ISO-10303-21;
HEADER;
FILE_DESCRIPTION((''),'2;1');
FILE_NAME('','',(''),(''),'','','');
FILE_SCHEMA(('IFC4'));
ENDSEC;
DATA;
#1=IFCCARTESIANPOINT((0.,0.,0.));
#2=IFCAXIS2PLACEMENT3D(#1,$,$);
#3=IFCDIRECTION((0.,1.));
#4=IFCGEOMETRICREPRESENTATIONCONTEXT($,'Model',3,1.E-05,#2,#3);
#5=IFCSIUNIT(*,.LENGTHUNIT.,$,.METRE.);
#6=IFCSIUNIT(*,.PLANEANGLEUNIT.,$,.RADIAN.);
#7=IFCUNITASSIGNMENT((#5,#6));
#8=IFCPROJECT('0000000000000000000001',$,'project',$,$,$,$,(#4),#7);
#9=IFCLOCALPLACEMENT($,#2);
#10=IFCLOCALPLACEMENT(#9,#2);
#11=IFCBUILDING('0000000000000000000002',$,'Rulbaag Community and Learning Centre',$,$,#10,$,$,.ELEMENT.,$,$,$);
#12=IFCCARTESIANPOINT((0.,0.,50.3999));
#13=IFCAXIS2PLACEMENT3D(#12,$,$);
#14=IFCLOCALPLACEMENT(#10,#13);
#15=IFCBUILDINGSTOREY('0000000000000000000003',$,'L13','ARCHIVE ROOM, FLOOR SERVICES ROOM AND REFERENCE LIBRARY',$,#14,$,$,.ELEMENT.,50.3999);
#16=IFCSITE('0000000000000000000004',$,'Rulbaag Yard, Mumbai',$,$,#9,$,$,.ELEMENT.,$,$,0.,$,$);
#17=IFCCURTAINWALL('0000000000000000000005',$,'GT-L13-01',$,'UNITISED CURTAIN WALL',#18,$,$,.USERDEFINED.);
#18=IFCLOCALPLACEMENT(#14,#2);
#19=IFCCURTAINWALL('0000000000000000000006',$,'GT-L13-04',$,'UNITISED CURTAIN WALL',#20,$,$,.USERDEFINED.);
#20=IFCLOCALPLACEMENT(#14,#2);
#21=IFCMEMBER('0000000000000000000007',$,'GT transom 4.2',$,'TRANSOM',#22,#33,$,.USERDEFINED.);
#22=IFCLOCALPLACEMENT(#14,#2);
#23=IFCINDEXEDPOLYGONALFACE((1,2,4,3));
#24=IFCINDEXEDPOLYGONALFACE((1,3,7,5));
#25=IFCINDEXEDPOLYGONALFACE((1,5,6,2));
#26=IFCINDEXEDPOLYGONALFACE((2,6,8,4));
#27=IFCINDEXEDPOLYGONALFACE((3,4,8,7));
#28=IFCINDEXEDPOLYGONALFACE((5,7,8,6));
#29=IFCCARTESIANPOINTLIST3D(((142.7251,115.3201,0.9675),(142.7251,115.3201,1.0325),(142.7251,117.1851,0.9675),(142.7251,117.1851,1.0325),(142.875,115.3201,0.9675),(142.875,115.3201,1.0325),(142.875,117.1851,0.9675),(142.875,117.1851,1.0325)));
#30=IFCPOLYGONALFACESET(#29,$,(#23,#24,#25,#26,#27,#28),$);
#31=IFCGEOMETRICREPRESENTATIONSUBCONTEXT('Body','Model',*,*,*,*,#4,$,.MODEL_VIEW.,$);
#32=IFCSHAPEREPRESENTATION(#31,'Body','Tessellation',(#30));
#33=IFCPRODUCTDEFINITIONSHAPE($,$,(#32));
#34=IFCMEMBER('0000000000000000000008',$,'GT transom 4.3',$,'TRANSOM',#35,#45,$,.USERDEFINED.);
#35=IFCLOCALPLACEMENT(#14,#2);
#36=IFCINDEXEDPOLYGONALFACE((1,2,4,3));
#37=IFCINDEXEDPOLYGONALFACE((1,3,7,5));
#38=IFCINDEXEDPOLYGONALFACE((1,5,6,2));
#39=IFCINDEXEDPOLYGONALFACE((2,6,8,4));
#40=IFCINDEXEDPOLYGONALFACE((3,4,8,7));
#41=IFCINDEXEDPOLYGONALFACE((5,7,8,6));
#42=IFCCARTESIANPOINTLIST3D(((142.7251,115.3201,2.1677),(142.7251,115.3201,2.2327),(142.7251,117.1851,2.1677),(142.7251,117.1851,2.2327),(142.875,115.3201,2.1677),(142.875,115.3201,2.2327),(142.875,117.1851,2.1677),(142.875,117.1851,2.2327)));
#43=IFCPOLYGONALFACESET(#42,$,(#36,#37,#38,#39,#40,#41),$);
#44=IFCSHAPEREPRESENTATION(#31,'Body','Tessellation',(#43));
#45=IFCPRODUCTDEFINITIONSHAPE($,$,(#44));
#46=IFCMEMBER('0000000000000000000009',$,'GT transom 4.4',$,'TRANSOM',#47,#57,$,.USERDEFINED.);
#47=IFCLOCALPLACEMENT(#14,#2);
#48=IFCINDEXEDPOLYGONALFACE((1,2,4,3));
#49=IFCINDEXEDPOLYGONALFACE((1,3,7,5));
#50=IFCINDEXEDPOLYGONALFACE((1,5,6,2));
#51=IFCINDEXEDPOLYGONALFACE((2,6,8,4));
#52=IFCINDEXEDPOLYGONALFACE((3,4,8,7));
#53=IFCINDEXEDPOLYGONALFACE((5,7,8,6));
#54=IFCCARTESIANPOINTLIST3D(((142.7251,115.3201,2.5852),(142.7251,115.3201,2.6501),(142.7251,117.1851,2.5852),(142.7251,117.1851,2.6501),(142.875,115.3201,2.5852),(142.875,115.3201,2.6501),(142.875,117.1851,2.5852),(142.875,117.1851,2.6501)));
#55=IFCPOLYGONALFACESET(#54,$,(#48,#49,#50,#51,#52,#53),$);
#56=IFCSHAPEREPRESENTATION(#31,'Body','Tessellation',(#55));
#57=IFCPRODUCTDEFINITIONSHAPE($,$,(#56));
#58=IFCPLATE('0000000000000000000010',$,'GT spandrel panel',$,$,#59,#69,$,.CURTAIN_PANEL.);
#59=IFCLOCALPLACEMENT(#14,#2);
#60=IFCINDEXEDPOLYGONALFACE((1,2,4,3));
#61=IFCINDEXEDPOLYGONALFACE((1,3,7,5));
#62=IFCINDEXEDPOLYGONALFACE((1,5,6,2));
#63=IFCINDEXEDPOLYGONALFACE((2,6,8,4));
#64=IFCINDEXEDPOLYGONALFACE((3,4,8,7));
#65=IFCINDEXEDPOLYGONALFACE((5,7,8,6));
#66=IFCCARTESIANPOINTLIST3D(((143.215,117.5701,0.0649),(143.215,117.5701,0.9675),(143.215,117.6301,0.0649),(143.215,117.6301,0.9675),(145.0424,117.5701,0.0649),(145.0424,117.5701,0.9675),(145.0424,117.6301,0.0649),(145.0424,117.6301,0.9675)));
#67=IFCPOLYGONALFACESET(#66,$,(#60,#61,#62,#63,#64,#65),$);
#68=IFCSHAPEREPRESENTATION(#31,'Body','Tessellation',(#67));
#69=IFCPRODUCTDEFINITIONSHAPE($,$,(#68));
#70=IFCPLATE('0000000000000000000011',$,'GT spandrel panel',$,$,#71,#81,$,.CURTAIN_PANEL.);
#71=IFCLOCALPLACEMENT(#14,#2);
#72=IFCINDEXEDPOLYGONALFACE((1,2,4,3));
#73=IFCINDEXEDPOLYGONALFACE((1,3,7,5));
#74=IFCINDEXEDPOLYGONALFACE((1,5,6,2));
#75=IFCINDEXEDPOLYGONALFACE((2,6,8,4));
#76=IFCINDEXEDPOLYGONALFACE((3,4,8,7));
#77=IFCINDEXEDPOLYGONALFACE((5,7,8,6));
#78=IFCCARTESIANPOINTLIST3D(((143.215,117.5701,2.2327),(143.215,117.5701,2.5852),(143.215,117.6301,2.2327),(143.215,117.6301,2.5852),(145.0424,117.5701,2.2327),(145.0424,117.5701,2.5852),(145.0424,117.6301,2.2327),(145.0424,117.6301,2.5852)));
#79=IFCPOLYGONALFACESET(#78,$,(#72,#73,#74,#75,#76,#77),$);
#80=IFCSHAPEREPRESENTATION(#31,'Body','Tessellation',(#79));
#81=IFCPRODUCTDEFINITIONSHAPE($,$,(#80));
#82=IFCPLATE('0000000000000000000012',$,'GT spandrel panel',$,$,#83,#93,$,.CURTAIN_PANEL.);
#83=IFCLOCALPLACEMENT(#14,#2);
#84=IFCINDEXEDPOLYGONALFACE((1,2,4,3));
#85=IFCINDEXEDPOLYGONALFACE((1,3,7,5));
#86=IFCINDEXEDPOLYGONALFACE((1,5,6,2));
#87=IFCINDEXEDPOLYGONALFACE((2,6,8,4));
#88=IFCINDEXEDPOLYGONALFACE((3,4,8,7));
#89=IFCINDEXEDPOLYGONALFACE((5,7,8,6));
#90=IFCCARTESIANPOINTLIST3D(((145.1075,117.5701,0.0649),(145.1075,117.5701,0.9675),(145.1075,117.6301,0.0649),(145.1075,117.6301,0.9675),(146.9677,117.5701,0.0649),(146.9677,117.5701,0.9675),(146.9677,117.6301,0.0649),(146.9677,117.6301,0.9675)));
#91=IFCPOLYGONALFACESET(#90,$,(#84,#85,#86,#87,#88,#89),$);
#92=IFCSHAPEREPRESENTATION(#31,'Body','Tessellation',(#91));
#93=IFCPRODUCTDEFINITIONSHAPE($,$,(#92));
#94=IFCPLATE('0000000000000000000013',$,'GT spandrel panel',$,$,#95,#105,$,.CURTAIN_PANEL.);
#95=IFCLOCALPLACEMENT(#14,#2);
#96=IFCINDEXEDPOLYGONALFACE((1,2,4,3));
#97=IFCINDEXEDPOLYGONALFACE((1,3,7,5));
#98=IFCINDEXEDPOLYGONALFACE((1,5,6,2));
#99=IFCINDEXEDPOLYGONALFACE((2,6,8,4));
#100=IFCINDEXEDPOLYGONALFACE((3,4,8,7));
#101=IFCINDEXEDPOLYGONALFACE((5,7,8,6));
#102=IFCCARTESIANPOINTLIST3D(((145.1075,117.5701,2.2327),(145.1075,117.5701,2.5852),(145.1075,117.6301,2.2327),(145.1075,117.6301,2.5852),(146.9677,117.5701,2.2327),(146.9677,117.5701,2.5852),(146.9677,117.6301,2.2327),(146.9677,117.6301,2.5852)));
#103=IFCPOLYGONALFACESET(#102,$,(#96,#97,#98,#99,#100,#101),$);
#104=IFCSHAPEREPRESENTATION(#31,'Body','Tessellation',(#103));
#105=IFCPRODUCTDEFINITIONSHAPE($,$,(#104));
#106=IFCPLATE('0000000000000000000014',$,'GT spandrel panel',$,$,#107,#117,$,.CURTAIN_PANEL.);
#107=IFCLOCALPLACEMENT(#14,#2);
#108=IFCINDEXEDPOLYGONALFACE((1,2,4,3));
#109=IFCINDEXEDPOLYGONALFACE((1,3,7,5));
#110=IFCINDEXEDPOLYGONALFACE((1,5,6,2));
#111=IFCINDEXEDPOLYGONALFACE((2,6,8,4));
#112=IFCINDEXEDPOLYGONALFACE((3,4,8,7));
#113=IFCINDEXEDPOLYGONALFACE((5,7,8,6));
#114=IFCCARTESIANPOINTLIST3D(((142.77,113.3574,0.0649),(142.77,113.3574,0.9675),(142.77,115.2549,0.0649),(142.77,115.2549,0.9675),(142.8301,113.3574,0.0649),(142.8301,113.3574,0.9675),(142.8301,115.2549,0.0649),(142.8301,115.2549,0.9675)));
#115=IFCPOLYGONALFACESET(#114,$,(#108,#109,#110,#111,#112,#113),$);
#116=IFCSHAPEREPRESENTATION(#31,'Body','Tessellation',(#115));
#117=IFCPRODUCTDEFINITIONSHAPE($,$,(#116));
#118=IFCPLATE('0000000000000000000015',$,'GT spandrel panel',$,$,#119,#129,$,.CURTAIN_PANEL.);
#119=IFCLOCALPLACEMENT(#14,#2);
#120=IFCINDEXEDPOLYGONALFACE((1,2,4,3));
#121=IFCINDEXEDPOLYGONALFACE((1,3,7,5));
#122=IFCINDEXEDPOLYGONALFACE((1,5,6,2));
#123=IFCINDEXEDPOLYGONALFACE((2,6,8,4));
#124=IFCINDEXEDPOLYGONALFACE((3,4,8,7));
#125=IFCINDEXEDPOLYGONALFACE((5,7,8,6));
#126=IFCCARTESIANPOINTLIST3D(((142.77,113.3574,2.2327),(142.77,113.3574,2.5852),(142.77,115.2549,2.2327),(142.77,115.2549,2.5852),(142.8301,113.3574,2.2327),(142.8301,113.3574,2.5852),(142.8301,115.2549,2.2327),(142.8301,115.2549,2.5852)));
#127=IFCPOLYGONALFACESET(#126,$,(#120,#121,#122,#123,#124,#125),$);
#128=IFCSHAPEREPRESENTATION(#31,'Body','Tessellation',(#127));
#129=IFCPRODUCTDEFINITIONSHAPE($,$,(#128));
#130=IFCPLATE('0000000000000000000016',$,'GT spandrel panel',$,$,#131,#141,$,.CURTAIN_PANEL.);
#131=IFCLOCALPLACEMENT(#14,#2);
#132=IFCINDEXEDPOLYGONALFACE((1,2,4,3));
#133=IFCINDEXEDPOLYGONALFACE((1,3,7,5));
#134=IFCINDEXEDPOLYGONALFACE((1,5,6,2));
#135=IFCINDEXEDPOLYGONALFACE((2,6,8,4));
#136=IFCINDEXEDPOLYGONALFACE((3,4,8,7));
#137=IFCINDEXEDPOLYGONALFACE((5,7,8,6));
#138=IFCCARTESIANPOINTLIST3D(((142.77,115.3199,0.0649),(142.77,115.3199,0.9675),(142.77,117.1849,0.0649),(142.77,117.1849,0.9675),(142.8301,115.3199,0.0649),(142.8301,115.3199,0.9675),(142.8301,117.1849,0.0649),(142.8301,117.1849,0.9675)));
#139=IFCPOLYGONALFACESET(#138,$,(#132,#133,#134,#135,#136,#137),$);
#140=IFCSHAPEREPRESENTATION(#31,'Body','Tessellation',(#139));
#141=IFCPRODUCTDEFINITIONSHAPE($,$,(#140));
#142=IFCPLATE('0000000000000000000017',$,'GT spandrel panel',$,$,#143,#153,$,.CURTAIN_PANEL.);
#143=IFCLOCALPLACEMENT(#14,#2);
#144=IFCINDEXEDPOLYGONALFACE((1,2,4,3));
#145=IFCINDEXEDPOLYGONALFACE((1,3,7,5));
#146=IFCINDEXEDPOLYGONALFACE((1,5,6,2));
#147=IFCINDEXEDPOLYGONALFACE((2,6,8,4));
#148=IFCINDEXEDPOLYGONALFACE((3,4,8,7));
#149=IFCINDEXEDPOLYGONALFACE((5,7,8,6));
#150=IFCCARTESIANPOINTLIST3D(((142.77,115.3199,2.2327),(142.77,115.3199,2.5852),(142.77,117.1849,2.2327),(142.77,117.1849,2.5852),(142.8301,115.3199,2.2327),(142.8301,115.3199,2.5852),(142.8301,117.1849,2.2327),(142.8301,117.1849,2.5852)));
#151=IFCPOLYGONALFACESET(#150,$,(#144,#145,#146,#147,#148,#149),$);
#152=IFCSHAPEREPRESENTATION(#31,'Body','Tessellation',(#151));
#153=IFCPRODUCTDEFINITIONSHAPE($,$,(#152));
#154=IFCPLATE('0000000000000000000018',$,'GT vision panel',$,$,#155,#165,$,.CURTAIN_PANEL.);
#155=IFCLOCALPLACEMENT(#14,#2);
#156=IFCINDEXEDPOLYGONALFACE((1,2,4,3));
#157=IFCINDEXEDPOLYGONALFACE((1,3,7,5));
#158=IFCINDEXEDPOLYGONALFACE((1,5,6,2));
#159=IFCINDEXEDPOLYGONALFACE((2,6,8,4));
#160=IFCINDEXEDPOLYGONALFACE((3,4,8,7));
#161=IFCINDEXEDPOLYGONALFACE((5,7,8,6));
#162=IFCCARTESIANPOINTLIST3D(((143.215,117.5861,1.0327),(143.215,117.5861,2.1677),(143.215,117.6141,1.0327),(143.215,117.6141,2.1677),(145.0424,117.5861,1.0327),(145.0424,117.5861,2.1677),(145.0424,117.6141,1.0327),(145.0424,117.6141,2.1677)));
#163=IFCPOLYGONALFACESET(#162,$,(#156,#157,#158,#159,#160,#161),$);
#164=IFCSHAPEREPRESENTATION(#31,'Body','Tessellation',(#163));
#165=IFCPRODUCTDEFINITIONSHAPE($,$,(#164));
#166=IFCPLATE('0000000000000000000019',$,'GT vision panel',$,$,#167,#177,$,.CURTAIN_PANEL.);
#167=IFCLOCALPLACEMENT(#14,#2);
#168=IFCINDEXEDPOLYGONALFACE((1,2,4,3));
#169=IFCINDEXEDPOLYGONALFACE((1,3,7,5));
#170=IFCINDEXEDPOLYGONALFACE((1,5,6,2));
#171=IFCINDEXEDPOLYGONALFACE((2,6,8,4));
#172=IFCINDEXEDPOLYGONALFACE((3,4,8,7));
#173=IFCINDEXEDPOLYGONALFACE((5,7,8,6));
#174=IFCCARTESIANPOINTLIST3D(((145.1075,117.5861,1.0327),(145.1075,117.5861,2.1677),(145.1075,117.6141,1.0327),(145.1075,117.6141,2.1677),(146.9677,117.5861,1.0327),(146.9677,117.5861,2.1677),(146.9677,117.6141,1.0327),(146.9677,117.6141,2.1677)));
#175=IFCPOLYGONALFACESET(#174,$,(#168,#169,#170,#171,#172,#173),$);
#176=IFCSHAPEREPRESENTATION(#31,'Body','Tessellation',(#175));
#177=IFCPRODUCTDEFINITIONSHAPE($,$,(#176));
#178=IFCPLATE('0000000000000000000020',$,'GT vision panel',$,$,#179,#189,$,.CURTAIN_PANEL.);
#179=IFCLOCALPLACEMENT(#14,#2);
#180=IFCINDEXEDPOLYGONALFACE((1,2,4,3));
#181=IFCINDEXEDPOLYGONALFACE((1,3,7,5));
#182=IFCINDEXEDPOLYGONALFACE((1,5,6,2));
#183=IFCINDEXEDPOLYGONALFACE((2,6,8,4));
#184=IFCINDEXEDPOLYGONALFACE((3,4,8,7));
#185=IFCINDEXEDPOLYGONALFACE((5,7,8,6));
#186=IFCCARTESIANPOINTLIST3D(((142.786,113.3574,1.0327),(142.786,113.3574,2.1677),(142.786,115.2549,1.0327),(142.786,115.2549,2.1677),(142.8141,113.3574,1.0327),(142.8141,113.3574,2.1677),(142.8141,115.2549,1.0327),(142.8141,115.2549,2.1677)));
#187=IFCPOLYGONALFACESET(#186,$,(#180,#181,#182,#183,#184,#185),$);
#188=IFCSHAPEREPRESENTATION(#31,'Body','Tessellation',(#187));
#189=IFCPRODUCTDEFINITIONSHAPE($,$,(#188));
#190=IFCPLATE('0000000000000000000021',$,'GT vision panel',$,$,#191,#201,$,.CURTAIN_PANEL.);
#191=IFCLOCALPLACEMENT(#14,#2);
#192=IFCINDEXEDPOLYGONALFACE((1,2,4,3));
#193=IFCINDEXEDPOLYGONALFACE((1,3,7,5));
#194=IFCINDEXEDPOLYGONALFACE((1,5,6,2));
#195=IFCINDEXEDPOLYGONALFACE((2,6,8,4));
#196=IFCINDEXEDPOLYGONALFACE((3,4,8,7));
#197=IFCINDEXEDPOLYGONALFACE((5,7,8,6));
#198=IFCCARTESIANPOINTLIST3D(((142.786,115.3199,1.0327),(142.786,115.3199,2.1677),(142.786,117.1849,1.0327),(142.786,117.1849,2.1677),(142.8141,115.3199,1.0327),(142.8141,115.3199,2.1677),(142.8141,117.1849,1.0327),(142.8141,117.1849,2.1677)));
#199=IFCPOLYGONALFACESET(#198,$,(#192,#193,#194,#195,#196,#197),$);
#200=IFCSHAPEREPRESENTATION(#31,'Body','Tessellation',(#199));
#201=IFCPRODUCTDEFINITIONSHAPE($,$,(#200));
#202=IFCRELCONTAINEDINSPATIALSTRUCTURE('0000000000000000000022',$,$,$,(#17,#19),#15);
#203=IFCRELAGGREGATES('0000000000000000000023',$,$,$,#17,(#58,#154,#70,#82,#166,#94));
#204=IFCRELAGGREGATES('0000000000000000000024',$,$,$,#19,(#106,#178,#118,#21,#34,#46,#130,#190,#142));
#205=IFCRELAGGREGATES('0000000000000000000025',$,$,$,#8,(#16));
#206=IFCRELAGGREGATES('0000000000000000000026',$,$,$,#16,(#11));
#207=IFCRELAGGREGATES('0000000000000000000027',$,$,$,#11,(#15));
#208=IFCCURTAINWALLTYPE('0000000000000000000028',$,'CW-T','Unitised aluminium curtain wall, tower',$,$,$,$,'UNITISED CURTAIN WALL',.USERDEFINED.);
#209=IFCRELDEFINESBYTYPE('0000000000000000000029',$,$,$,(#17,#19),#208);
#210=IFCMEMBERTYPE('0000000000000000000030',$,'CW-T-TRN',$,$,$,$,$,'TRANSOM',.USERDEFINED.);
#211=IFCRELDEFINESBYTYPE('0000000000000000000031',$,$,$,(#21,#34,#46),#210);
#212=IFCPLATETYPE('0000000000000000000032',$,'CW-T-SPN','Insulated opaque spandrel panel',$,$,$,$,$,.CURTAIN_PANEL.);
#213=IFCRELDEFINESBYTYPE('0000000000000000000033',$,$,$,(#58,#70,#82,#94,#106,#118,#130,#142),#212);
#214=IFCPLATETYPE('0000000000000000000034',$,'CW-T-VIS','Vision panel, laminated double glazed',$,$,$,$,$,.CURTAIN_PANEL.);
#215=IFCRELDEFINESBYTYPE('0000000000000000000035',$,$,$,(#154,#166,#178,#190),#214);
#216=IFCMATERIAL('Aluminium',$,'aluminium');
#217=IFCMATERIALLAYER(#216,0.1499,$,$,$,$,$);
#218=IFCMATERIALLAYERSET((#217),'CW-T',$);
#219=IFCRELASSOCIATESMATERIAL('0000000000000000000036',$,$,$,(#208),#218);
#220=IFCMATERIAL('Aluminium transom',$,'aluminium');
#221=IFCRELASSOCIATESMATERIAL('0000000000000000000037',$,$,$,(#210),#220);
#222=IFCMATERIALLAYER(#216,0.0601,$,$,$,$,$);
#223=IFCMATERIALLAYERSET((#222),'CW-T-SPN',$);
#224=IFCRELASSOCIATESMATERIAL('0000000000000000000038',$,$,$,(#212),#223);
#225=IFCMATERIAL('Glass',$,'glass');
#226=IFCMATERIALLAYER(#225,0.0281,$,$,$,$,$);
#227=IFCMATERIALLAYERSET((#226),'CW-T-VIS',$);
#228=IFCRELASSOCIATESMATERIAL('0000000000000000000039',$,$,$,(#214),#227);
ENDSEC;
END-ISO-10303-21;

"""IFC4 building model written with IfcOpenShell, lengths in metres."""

from ifc_helpers import new_model, si_unit, direction, frame, origin, origin_2d, place, context, subcontext, project, spatial, rectangle, extrude, material, layer, layer_set, material_profile, profile_set, type_object, element, aggregate, save


model = new_model("IFC4")

# Units and contexts
model_context = context("Model", 3, precision=1e-05, world=origin(), true_north=direction((0.0, 1.0)))
body_context = subcontext(model_context, "Body", "Model", "MODEL_VIEW")
ifc_project = project(units=[si_unit("LENGTHUNIT", "METRE"), si_unit("PLANEANGLEUNIT", "RADIAN")], contexts=[model_context])

# Site, building, storey
site_placement = place(None, origin())
site = spatial("IfcSite", under=ifc_project, at=site_placement, Name="Rulbaag Yard, Mumbai", CompositionType="ELEMENT", RefElevation=0.0)
building_placement = place(site_placement, origin())
building = spatial("IfcBuilding", under=site, at=building_placement, Name="Rulbaag Community and Learning Centre", CompositionType="ELEMENT")
storey_placement = place(building_placement, frame((0.0, 0.0, 50.3999)))
storey = spatial("IfcBuildingStorey", under=building, at=storey_placement, Name="L13", Description="ARCHIVE ROOM, FLOOR SERVICES ROOM AND REFERENCE LIBRARY", CompositionType="ELEMENT", Elevation=50.3999)

# Curtain walls, members
ifc_material_1 = material(Name="Aluminium", Category="aluminium")
ifc_layer_1 = layer(ifc_material_1, 0.1499)
ifc_layer_set_1 = layer_set([ifc_layer_1], Name="CW-T")
curtain_wall_type = type_object("IfcCurtainWallType", Name="CW-T", Description="Unitised aluminium curtain wall, tower", ElementType="UNITISED CURTAIN WALL", PredefinedType="USERDEFINED", material=ifc_layer_set_1)
curtain_wall_1_placement = place(storey_placement, origin())
curtain_wall_1 = element("IfcCurtainWall", 1, at=curtain_wall_1_placement, inside=storey, type_object=curtain_wall_type, Name="GT-L13-01", ObjectType="UNITISED CURTAIN WALL", PredefinedType="USERDEFINED")
ifc_material_2 = material(Name="Aluminium transom", Category="aluminium")
ifc_material_profile_1 = material_profile(ifc_material_2, rectangle(XDim=0.1499, YDim=0.0649, at=origin_2d()), Name="AL 65x150 T")
ifc_profile_set_1 = profile_set([ifc_material_profile_1], Name="Aluminium transom")
member_type_1 = type_object("IfcMemberType", Name="CW-T-TRN", ElementType="TRANSOM", PredefinedType="USERDEFINED", material=ifc_profile_set_1)
curtain_wall_2_placement = place(storey_placement, origin())
curtain_wall_2 = element("IfcCurtainWall", 2, at=curtain_wall_2_placement, inside=storey, type_object=curtain_wall_type, Name="GT-L13-04", ObjectType="UNITISED CURTAIN WALL", PredefinedType="USERDEFINED")
member_1_placement = place(storey_placement, frame((142.8, 115.3201, 1.0), z_axis=(0.0, 1.0, 0.0), x_axis=(-1.0, 0.0, 0.0)))
member_1 = element("IfcMember", 3, at=member_1_placement, type_object=member_type_1, Name="GT transom 4.2", ObjectType="TRANSOM", PredefinedType="USERDEFINED", context=body_context, shape_type="SweptSolid", body=[
    extrude(rectangle(XDim=0.1499, YDim=0.0649, at=origin_2d()), origin(), (0.0, 0.0, 1.0), 1.865),
])
member_2_placement = place(storey_placement, frame((142.8, 115.3201, 2.2002), z_axis=(0.0, 1.0, 0.0), x_axis=(-1.0, 0.0, 0.0)))
member_2 = element("IfcMember", 4, at=member_2_placement, type_object=member_type_1, Name="GT transom 4.3", ObjectType="TRANSOM", PredefinedType="USERDEFINED", context=body_context, shape_type="SweptSolid", body=[
    extrude(rectangle(XDim=0.1499, YDim=0.0649, at=origin_2d()), origin(), (0.0, 0.0, 1.0), 1.865),
])
member_3_placement = place(storey_placement, frame((142.8, 115.3201, 2.6177), z_axis=(0.0, 1.0, 0.0), x_axis=(-1.0, 0.0, 0.0)))
member_3 = element("IfcMember", 5, at=member_3_placement, type_object=member_type_1, Name="GT transom 4.4", ObjectType="TRANSOM", PredefinedType="USERDEFINED", context=body_context, shape_type="SweptSolid", body=[
    extrude(rectangle(XDim=0.1499, YDim=0.0649, at=origin_2d()), origin(), (0.0, 0.0, 1.0), 1.865),
])

# Plates
ifc_layer_2 = layer(ifc_material_1, 0.0601)
ifc_layer_set_2 = layer_set([ifc_layer_2], Name="CW-T-SPN")
plate_type_1 = type_object("IfcPlateType", Name="CW-T-SPN", Description="Insulated opaque spandrel panel", PredefinedType="CURTAIN_PANEL", material=ifc_layer_set_2)
plate_1_placement = place(storey_placement, frame((144.1287, 117.6001, 0.0649), z_axis=(0.0, 0.0, 1.0), x_axis=(1.0, 0.0, 0.0)))
plate_1 = element("IfcPlate", 6, at=plate_1_placement, type_object=plate_type_1, Name="GT spandrel panel", PredefinedType="CURTAIN_PANEL", context=body_context, shape_type="SweptSolid", body=[
    extrude(rectangle(XDim=1.8274, YDim=0.0601, at=origin_2d()), origin(), (0.0, 0.0, 1.0), 0.9026),
])
plate_2_placement = place(storey_placement, frame((144.1287, 117.6001, 2.2327), z_axis=(0.0, 0.0, 1.0), x_axis=(1.0, 0.0, 0.0)))
plate_2 = element("IfcPlate", 7, at=plate_2_placement, type_object=plate_type_1, Name="GT spandrel panel", PredefinedType="CURTAIN_PANEL", context=body_context, shape_type="SweptSolid", body=[
    extrude(rectangle(XDim=1.8274, YDim=0.0601, at=origin_2d()), origin(), (0.0, 0.0, 1.0), 0.3525),
])
plate_3_placement = place(storey_placement, frame((146.0376, 117.6001, 0.0649), z_axis=(0.0, 0.0, 1.0), x_axis=(1.0, 0.0, 0.0)))
plate_3 = element("IfcPlate", 8, at=plate_3_placement, type_object=plate_type_1, Name="GT spandrel panel", PredefinedType="CURTAIN_PANEL", context=body_context, shape_type="SweptSolid", body=[
    extrude(rectangle(XDim=1.8601, YDim=0.0601, at=origin_2d()), origin(), (0.0, 0.0, 1.0), 0.9026),
])
plate_4_placement = place(storey_placement, frame((146.0376, 117.6001, 2.2327), z_axis=(0.0, 0.0, 1.0), x_axis=(1.0, 0.0, 0.0)))
plate_4 = element("IfcPlate", 9, at=plate_4_placement, type_object=plate_type_1, Name="GT spandrel panel", PredefinedType="CURTAIN_PANEL", context=body_context, shape_type="SweptSolid", body=[
    extrude(rectangle(XDim=1.8601, YDim=0.0601, at=origin_2d()), origin(), (0.0, 0.0, 1.0), 0.3525),
])
plate_5_placement = place(storey_placement, frame((142.8, 114.3062, 0.0649), z_axis=(0.0, 0.0, 1.0), x_axis=(0.0, 1.0, 0.0)))
plate_5 = element("IfcPlate", 10, at=plate_5_placement, type_object=plate_type_1, Name="GT spandrel panel", PredefinedType="CURTAIN_PANEL", context=body_context, shape_type="SweptSolid", body=[
    extrude(rectangle(XDim=1.8975, YDim=0.0601, at=origin_2d()), origin(), (0.0, 0.0, 1.0), 0.9026),
])
plate_6_placement = place(storey_placement, frame((142.8, 114.3062, 2.2327), z_axis=(0.0, 0.0, 1.0), x_axis=(0.0, 1.0, 0.0)))
plate_6 = element("IfcPlate", 11, at=plate_6_placement, type_object=plate_type_1, Name="GT spandrel panel", PredefinedType="CURTAIN_PANEL", context=body_context, shape_type="SweptSolid", body=[
    extrude(rectangle(XDim=1.8975, YDim=0.0601, at=origin_2d()), origin(), (0.0, 0.0, 1.0), 0.3525),
])
plate_7_placement = place(storey_placement, frame((142.8, 116.2524, 0.0649), z_axis=(0.0, 0.0, 1.0), x_axis=(0.0, 1.0, 0.0)))
plate_7 = element("IfcPlate", 12, at=plate_7_placement, type_object=plate_type_1, Name="GT spandrel panel", PredefinedType="CURTAIN_PANEL", context=body_context, shape_type="SweptSolid", body=[
    extrude(rectangle(XDim=1.865, YDim=0.0601, at=origin_2d()), origin(), (0.0, 0.0, 1.0), 0.9026),
])
plate_8_placement = place(storey_placement, frame((142.8, 116.2524, 2.2327), z_axis=(0.0, 0.0, 1.0), x_axis=(0.0, 1.0, 0.0)))
plate_8 = element("IfcPlate", 13, at=plate_8_placement, type_object=plate_type_1, Name="GT spandrel panel", PredefinedType="CURTAIN_PANEL", context=body_context, shape_type="SweptSolid", body=[
    extrude(rectangle(XDim=1.865, YDim=0.0601, at=origin_2d()), origin(), (0.0, 0.0, 1.0), 0.3525),
])
ifc_material_3 = material(Name="Glass", Category="glass")
ifc_layer_3 = layer(ifc_material_3, 0.0281)
ifc_layer_set_3 = layer_set([ifc_layer_3], Name="CW-T-VIS")
plate_type_2 = type_object("IfcPlateType", Name="CW-T-VIS", Description="Vision panel, laminated double glazed", PredefinedType="CURTAIN_PANEL", material=ifc_layer_set_3)
plate_9_placement = place(storey_placement, frame((144.1287, 117.6001, 1.0327), z_axis=(0.0, 0.0, 1.0), x_axis=(1.0, 0.0, 0.0)))
plate_9 = element("IfcPlate", 14, at=plate_9_placement, type_object=plate_type_2, Name="GT vision panel", PredefinedType="CURTAIN_PANEL", context=body_context, shape_type="SweptSolid", body=[
    extrude(rectangle(XDim=1.8274, YDim=0.0281, at=origin_2d()), origin(), (0.0, 0.0, 1.0), 1.135),
])
plate_10_placement = place(storey_placement, frame((146.0376, 117.6001, 1.0327), z_axis=(0.0, 0.0, 1.0), x_axis=(1.0, 0.0, 0.0)))
plate_10 = element("IfcPlate", 15, at=plate_10_placement, type_object=plate_type_2, Name="GT vision panel", PredefinedType="CURTAIN_PANEL", context=body_context, shape_type="SweptSolid", body=[
    extrude(rectangle(XDim=1.8601, YDim=0.0281, at=origin_2d()), origin(), (0.0, 0.0, 1.0), 1.135),
])
aggregate(curtain_wall_1, [plate_1, plate_9, plate_2, plate_3, plate_10, plate_4])
plate_11_placement = place(storey_placement, frame((142.8, 114.3062, 1.0327), z_axis=(0.0, 0.0, 1.0), x_axis=(0.0, 1.0, 0.0)))
plate_11 = element("IfcPlate", 16, at=plate_11_placement, type_object=plate_type_2, Name="GT vision panel", PredefinedType="CURTAIN_PANEL", context=body_context, shape_type="SweptSolid", body=[
    extrude(rectangle(XDim=1.8975, YDim=0.0281, at=origin_2d()), origin(), (0.0, 0.0, 1.0), 1.135),
])
plate_12_placement = place(storey_placement, frame((142.8, 116.2524, 1.0327), z_axis=(0.0, 0.0, 1.0), x_axis=(0.0, 1.0, 0.0)))
plate_12 = element("IfcPlate", 17, at=plate_12_placement, type_object=plate_type_2, Name="GT vision panel", PredefinedType="CURTAIN_PANEL", context=body_context, shape_type="SweptSolid", body=[
    extrude(rectangle(XDim=1.865, YDim=0.0281, at=origin_2d()), origin(), (0.0, 0.0, 1.0), 1.135),
])
aggregate(curtain_wall_2, [plate_5, plate_11, plate_6, member_1, member_2, member_3, plate_7, plate_12, plate_8])

save(model, "model.ifc")
